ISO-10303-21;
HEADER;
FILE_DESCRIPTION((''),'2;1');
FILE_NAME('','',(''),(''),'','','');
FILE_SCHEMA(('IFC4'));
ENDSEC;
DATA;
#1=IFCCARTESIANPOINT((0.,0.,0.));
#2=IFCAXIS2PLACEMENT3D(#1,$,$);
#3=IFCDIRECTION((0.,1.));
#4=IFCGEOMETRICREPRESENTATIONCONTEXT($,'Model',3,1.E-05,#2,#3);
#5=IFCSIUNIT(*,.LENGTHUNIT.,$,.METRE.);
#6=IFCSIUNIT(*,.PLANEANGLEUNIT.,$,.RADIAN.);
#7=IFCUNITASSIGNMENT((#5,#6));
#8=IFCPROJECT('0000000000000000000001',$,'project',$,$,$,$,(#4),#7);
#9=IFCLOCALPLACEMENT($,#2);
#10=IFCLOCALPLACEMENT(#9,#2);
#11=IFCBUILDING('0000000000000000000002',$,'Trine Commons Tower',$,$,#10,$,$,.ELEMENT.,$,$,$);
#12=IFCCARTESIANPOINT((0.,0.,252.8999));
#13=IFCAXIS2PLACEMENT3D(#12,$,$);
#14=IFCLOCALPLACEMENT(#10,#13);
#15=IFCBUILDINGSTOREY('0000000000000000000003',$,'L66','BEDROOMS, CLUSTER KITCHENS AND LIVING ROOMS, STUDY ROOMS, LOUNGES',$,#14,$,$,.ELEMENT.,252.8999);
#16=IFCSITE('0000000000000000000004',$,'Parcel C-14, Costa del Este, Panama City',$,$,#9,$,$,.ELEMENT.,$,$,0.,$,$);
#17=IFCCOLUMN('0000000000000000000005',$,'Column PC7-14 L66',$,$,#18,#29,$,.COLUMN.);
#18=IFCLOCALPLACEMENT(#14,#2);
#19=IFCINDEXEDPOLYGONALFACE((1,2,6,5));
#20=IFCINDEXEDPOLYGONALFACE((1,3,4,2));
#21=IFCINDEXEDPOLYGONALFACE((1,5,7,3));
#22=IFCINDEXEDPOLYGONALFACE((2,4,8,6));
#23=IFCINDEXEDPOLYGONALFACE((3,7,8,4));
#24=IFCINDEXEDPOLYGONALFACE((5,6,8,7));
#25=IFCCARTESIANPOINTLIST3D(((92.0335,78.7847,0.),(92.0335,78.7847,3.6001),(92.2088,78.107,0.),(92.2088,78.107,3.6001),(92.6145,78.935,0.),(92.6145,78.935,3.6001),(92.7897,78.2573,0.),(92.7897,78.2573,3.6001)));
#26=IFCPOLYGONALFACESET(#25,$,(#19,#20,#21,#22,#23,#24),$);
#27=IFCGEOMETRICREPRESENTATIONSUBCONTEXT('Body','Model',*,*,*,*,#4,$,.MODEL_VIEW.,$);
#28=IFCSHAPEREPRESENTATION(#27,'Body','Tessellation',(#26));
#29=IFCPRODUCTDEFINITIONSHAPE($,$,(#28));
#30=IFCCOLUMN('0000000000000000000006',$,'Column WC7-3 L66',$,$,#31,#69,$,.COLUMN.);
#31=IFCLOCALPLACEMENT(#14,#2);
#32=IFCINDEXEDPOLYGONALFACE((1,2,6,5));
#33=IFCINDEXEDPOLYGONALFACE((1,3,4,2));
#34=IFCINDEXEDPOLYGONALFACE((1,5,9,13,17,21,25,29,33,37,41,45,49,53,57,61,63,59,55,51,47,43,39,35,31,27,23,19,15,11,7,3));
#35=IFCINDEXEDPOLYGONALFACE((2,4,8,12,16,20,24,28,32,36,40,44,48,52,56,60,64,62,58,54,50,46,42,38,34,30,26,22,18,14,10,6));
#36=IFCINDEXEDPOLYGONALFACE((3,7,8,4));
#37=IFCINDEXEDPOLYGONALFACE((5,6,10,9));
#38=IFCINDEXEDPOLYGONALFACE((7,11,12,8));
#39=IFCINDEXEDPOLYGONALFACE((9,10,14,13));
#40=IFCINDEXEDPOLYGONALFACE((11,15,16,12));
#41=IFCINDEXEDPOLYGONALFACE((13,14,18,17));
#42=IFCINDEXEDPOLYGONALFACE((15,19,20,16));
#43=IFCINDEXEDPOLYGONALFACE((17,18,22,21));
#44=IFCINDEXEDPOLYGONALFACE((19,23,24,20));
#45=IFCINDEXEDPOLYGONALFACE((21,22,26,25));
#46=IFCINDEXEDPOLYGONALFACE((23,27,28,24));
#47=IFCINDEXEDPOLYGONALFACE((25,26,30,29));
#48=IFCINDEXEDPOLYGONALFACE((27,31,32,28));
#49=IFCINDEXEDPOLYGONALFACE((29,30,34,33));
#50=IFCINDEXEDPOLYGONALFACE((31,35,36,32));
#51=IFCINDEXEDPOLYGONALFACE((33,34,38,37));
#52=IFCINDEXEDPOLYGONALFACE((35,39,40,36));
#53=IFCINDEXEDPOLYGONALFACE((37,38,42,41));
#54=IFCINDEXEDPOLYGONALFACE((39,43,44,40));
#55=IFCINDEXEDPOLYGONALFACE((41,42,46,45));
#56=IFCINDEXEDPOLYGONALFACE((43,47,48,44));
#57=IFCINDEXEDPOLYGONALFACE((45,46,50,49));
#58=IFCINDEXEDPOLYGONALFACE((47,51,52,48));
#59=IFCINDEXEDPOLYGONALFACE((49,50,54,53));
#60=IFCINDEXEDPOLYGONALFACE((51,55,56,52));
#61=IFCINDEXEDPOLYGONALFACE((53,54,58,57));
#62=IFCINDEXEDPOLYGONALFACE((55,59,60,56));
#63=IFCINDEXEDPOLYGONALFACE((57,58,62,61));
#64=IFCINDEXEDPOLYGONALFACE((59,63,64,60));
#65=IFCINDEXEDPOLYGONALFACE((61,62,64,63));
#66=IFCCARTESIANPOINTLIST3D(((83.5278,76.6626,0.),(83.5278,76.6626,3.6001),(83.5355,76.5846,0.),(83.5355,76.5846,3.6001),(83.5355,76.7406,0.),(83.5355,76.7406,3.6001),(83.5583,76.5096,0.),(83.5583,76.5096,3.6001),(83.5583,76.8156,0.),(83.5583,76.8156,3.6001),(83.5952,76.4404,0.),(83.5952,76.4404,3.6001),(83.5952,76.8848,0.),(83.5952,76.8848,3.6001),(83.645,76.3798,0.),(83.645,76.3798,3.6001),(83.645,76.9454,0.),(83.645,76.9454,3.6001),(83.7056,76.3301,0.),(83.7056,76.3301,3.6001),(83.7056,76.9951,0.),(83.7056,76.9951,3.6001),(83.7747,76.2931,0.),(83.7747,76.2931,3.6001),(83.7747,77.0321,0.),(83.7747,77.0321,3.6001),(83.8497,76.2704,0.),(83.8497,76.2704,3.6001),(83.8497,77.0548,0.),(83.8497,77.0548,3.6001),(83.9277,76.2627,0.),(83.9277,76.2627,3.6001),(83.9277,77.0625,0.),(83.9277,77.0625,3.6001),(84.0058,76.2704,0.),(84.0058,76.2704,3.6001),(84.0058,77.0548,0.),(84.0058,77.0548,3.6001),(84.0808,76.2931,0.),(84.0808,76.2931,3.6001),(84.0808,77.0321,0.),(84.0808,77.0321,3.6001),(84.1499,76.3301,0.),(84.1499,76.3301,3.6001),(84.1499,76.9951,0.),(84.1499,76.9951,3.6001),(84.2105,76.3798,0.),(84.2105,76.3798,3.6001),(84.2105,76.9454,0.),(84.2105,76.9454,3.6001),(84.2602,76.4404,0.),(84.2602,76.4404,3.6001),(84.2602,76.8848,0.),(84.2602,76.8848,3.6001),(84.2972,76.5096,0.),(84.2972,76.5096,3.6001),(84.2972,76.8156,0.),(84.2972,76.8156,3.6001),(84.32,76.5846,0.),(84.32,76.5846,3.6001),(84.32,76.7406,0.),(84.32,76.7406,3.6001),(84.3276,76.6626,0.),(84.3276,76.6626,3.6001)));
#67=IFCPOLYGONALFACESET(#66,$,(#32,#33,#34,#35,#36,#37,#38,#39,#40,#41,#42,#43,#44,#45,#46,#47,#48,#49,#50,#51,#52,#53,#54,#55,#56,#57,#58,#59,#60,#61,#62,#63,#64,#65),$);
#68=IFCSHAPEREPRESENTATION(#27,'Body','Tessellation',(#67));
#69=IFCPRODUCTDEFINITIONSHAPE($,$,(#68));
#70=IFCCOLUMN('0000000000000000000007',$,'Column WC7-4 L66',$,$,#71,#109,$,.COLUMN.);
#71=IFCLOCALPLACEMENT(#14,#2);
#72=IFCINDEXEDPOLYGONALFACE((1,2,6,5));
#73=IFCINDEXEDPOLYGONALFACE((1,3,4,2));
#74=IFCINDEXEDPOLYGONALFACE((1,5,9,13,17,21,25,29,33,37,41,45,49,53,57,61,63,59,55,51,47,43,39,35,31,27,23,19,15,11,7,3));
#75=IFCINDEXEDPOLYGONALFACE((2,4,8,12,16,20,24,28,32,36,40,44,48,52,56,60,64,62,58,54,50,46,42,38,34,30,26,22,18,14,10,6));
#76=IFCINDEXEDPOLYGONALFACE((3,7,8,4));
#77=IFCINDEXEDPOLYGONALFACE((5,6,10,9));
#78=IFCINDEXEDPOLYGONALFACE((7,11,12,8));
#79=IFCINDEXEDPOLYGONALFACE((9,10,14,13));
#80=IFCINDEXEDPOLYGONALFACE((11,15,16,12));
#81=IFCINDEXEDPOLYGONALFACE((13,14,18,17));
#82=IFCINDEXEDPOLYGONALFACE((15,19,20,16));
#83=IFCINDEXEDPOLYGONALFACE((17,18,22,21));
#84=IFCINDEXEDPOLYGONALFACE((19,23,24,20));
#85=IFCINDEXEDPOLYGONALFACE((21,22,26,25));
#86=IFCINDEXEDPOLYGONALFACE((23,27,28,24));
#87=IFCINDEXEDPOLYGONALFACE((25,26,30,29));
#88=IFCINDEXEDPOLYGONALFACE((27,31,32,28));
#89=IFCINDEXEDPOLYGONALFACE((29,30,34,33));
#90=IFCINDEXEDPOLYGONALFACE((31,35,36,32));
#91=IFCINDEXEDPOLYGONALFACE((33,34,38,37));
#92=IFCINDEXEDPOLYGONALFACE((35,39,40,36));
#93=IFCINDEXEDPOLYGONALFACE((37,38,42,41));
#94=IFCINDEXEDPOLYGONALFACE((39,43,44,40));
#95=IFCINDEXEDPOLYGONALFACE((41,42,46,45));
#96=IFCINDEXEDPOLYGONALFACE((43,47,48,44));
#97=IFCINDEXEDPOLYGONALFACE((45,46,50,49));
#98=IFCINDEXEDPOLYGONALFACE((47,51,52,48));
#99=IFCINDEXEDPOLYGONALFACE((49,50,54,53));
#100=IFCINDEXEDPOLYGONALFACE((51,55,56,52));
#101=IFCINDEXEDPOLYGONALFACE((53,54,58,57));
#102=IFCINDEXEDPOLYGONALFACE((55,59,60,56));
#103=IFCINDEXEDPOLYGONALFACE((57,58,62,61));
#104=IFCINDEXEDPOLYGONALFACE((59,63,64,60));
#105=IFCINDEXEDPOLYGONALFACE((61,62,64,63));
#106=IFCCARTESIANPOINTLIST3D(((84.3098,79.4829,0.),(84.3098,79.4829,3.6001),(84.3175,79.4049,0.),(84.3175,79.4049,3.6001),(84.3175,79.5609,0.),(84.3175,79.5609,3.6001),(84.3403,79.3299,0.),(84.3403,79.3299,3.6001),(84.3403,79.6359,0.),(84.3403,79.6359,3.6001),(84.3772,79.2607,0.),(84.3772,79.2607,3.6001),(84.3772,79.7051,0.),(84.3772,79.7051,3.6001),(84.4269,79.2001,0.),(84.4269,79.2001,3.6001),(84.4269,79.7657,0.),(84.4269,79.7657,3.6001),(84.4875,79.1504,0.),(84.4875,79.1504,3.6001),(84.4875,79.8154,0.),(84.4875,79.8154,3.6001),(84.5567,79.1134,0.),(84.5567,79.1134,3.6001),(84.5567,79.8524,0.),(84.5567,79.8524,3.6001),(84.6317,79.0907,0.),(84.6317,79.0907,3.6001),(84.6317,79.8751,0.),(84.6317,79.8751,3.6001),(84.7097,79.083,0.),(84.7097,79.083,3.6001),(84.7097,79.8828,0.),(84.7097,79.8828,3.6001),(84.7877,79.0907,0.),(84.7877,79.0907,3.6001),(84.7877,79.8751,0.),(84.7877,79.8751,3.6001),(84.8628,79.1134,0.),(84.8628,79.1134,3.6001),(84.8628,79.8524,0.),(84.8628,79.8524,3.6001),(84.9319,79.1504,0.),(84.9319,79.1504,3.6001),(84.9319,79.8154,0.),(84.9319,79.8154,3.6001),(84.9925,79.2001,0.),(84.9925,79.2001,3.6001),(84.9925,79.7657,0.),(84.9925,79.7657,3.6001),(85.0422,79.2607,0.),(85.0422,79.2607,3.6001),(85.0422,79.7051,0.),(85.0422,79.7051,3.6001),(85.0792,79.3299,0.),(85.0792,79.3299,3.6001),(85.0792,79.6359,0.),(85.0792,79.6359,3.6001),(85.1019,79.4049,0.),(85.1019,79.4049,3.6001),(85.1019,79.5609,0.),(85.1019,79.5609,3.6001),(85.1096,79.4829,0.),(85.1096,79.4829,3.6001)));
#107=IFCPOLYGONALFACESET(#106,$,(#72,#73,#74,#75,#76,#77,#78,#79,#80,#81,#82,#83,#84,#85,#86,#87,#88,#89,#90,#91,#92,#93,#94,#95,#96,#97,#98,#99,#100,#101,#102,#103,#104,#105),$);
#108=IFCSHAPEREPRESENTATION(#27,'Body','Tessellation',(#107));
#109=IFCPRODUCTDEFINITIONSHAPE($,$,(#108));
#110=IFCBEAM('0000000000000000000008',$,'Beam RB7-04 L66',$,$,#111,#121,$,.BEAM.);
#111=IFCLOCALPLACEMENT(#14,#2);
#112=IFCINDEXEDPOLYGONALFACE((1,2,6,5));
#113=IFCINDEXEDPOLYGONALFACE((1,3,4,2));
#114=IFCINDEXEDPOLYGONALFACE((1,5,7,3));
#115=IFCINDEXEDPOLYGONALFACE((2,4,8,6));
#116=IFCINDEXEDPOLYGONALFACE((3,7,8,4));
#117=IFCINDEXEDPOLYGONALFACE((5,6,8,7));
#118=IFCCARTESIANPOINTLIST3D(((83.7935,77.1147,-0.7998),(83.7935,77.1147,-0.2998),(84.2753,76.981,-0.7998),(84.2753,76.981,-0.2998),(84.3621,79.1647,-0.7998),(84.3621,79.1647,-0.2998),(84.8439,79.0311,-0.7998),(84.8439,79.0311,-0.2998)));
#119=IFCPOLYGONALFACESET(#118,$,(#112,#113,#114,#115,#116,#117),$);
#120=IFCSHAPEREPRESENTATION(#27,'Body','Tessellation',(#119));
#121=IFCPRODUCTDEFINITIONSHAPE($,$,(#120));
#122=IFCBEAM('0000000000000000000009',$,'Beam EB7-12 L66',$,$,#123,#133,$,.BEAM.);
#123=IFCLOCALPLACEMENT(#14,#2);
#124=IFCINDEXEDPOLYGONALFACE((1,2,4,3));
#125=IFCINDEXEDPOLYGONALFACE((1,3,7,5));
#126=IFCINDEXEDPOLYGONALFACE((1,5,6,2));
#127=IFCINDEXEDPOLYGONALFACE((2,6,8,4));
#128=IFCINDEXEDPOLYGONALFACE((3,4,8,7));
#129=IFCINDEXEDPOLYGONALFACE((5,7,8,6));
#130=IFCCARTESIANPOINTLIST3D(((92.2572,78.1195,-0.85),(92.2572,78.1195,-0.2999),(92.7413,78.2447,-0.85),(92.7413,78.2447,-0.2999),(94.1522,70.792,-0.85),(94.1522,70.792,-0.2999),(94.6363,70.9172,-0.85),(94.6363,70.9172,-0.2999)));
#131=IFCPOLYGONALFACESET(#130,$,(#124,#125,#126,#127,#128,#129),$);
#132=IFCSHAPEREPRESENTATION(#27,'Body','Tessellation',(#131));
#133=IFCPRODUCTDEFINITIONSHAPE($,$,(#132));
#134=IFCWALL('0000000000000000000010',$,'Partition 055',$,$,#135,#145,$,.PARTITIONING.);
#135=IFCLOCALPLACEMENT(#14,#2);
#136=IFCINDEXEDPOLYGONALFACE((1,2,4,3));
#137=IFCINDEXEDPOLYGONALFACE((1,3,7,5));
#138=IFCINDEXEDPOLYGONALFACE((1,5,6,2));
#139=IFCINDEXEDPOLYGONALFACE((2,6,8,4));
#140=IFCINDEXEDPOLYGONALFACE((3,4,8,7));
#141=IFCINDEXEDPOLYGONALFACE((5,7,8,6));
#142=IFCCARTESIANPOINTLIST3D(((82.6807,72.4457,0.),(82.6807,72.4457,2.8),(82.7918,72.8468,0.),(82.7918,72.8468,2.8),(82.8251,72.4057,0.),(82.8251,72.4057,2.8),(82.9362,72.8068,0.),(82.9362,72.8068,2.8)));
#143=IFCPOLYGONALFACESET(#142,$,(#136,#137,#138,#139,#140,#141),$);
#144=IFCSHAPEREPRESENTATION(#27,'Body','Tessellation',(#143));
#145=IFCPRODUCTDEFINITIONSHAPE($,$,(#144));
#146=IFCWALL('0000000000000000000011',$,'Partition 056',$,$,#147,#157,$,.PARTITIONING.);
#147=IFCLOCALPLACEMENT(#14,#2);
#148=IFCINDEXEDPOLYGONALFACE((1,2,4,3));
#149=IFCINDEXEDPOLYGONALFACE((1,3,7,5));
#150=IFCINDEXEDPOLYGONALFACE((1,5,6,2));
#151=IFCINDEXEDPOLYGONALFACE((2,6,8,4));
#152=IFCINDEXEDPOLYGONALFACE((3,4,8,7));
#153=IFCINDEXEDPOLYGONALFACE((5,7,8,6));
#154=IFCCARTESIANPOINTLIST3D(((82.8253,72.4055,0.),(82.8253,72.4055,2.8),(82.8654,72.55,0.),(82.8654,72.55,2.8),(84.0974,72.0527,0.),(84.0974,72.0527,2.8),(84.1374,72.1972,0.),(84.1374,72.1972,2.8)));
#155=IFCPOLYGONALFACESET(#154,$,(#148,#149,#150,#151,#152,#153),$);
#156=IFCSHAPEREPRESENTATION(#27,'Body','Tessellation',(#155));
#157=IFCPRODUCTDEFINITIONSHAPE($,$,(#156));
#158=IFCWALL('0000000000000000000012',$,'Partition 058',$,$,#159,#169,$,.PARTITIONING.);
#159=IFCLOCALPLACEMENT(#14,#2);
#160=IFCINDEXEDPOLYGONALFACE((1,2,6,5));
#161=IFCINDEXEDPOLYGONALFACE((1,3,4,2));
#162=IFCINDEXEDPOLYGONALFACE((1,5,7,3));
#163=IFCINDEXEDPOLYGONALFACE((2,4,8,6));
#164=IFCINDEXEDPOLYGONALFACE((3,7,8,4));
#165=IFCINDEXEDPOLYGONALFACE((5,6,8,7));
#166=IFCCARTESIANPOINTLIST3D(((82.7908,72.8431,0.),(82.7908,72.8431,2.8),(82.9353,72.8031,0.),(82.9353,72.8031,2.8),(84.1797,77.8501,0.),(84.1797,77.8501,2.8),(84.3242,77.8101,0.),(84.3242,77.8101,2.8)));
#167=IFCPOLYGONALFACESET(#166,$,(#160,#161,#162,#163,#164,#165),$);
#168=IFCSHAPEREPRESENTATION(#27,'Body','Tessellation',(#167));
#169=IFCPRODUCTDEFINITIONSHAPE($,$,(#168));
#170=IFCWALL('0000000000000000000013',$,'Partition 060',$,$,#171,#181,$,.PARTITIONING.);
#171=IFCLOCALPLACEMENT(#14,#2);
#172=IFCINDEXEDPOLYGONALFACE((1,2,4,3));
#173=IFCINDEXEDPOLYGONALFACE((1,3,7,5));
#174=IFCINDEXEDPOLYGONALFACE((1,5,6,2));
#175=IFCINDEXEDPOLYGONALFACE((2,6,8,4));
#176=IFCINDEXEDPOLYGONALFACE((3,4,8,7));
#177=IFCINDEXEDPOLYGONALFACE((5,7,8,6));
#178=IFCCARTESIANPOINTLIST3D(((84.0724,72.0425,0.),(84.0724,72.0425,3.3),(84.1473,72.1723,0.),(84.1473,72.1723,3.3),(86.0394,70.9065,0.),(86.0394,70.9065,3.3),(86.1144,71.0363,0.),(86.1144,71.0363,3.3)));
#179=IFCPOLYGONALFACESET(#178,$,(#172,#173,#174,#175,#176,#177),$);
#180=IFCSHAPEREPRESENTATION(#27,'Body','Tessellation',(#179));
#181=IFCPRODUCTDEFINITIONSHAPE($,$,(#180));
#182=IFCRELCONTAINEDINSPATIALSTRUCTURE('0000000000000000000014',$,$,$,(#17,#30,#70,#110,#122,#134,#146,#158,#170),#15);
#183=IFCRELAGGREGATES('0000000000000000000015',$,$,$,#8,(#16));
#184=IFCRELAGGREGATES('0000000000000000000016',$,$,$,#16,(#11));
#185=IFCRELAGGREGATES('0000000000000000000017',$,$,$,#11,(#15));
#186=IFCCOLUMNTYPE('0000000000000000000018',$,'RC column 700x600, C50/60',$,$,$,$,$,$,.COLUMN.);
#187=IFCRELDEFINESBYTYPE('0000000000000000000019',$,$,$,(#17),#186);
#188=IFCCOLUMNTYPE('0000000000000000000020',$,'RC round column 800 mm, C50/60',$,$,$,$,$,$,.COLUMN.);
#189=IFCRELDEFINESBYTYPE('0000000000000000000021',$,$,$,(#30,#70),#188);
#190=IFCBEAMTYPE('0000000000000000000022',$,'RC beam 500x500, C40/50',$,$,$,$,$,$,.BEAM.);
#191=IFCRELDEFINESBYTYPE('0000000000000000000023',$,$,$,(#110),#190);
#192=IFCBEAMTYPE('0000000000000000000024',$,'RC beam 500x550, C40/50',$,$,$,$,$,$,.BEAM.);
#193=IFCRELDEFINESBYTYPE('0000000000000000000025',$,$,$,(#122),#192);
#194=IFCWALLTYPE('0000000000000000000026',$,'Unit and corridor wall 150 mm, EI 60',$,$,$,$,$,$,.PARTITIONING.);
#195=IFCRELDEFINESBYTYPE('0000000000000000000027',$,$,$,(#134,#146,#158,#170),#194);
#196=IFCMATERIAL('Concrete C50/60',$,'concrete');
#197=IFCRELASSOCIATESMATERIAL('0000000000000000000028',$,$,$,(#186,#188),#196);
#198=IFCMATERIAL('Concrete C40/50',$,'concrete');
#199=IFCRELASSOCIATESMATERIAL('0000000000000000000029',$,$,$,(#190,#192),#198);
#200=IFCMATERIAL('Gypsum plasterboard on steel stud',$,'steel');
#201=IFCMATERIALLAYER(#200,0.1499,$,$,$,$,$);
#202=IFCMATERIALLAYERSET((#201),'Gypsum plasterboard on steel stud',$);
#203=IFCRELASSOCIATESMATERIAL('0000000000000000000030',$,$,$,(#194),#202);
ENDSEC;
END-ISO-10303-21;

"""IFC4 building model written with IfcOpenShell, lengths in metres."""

from ifc_helpers import new_model, si_unit, direction, frame, frame_2d, origin, origin_2d, place, context, subcontext, project, spatial, rectangle, circle, extrude, material, layer, layer_set, material_profile, profile_set, type_object, element, save


model = new_model("IFC4")

# Units and contexts
model_context = context("Model", 3, precision=1e-05, world=origin(), true_north=direction((0.0, 1.0)))
body_context = subcontext(model_context, "Body", "Model", "MODEL_VIEW")
ifc_project = project(units=[si_unit("LENGTHUNIT", "METRE"), si_unit("PLANEANGLEUNIT", "RADIAN")], contexts=[model_context])

# Site, building, storey
site_placement = place(None, origin())
site = spatial("IfcSite", under=ifc_project, at=site_placement, Name="Parcel C-14, Costa del Este, Panama City", CompositionType="ELEMENT", RefElevation=0.0)
building_placement = place(site_placement, origin())
building = spatial("IfcBuilding", under=site, at=building_placement, Name="Trine Commons Tower", CompositionType="ELEMENT")
storey_placement = place(building_placement, frame((0.0, 0.0, 252.8999)))
storey = spatial("IfcBuildingStorey", under=building, at=storey_placement, Name="L66", Description="BEDROOMS, CLUSTER KITCHENS AND LIVING ROOMS, STUDY ROOMS, LOUNGES", CompositionType="ELEMENT", Elevation=252.8999)

# Columns
ifc_material_1 = material(Name="Concrete C50/60", Category="concrete")
ifc_material_profile_1 = material_profile(ifc_material_1, rectangle(XDim=0.7, YDim=0.6001, at=origin_2d()), Name="RC 700x600")
ifc_profile_set_1 = profile_set([ifc_material_profile_1], Name="Concrete C50/60")
column_type_1 = type_object("IfcColumnType", Name="RC column 700x600, C50/60", PredefinedType="COLUMN", material=ifc_profile_set_1)
column_placement = place(storey_placement, frame((92.4116, 78.521, 0.0), z_axis=(0.0, 0.0, 1.0), x_axis=(-0.25038, 0.968148, 0.0)))
element("IfcColumn", 1, at=column_placement, inside=storey, type_object=column_type_1, Name="Column PC7-14 L66", PredefinedType="COLUMN", context=body_context, shape_type="SweptSolid", body=[
    extrude(rectangle(XDim=0.7, YDim=0.6001, at=origin_2d()), origin(), (0.0, 0.0, 1.0), 3.6001),
])
ifc_material_profile_2 = material_profile(ifc_material_1, circle(Radius=0.3999, at=origin_2d()), Name="RC round 800")
ifc_profile_set_2 = profile_set([ifc_material_profile_2], Name="Concrete C50/60")
column_type_2 = type_object("IfcColumnType", Name="RC round column 800 mm, C50/60", PredefinedType="COLUMN", material=ifc_profile_set_2)
for number, where, z_axis, x_axis, name in (
    (2, (83.9277, 76.6626, 0.0), (0.0, 0.0, 1.0), (1.0, 0.0, 0.0), "Column WC7-3 L66"),
    (3, (84.7097, 79.4829, 0.0), (0.0, 0.0, 1.0), (1.0, 0.0, 0.0), "Column WC7-4 L66"),
):
    element("IfcColumn", number, at=place(storey_placement, frame(where, z_axis=z_axis, x_axis=x_axis)), inside=storey, type_object=column_type_2, Name=name, PredefinedType="COLUMN", context=body_context, shape_type="SweptSolid", body=[
        extrude(circle(Radius=0.3999, at=origin_2d()), origin(), (0.0, 0.0, 1.0), 3.6001),
    ])

# Beams
ifc_material_2 = material(Name="Concrete C40/50", Category="concrete")
ifc_material_profile_3 = material_profile(ifc_material_2, rectangle(XDim=0.5, YDim=0.5, at=origin_2d()), Name="RC 500x500")
ifc_profile_set_3 = profile_set([ifc_material_profile_3], Name="Concrete C40/50")
beam_type_1 = type_object("IfcBeamType", Name="RC beam 500x500, C40/50", PredefinedType="BEAM", material=ifc_profile_set_3)
beam_1_placement = place(storey_placement, frame((84.0344, 77.0479, -0.5498), z_axis=(0.267271, 0.963621, 0.0), x_axis=(-0.963621, 0.267271, 0.0)))
element("IfcBeam", 4, at=beam_1_placement, inside=storey, type_object=beam_type_1, Name="Beam RB7-04 L66", PredefinedType="BEAM", context=body_context, shape_type="SweptSolid", body=[
    extrude(rectangle(XDim=0.5, YDim=0.5, at=origin_2d()), origin(), (0.0, 0.0, 1.0), 2.1274),
])
ifc_material_profile_4 = material_profile(ifc_material_2, rectangle(XDim=0.5, YDim=0.55, at=origin_2d()), Name="RC 500x550")
ifc_profile_set_4 = profile_set([ifc_material_profile_4], Name="Concrete C40/50")
beam_type_2 = type_object("IfcBeamType", Name="RC beam 500x550, C40/50", PredefinedType="BEAM", material=ifc_profile_set_4)
beam_2_placement = place(storey_placement, frame((92.4993, 78.1821, -0.575), z_axis=(0.250376, -0.968149, 0.0), x_axis=(0.968149, 0.250376, 0.0)))
element("IfcBeam", 5, at=beam_2_placement, inside=storey, type_object=beam_type_2, Name="Beam EB7-12 L66", PredefinedType="BEAM", context=body_context, shape_type="SweptSolid", body=[
    extrude(rectangle(XDim=0.5, YDim=0.55, at=origin_2d()), origin(), (0.0, 0.0, 1.0), 7.5686),
])

# Walls
ifc_material_3 = material(Name="Gypsum plasterboard on steel stud", Category="steel")
ifc_layer_1 = layer(ifc_material_3, 0.1499)
ifc_layer_set_1 = layer_set([ifc_layer_1], Name="Gypsum plasterboard on steel stud")
wall_type_1 = type_object("IfcWallType", Name="Unit and corridor wall 150 mm, EI 60", PredefinedType="PARTITIONING", material=ifc_layer_set_1)
wall_1_placement = place(storey_placement, frame((82.7529, 72.4258, 0.0), z_axis=(0.0, 0.0, 1.0), x_axis=(0.266887, 0.963728, 0.0)))
element("IfcWall", 6, at=wall_1_placement, inside=storey, type_object=wall_type_1, Name="Partition 055", PredefinedType="PARTITIONING", context=body_context, shape_type="SweptSolid", body=[
    extrude(rectangle(XDim=0.4163, YDim=0.1499, at=frame_2d((0.208, 0.0))), origin(), (0.0, 0.0, 1.0), 2.8),
])
wall_2_placement = place(storey_placement, frame((82.8452, 72.4778, 0.0), z_axis=(0.0, 0.0, 1.0), x_axis=(0.963624, -0.267262, 0.0)))
element("IfcWall", 7, at=wall_2_placement, inside=storey, type_object=wall_type_1, Name="Partition 056", PredefinedType="PARTITIONING", context=body_context, shape_type="SweptSolid", body=[
    extrude(rectangle(XDim=1.3201, YDim=0.1499, at=frame_2d((0.6602, 0.0))), origin(), (0.0, 0.0, 1.0), 2.8),
])
wall_3_placement = place(storey_placement, frame((82.863, 72.823, 0.0), z_axis=(0.0, 0.0, 1.0), x_axis=(0.267297, 0.963614, 0.0)))
element("IfcWall", 8, at=wall_3_placement, inside=storey, type_object=wall_type_1, Name="Partition 058", PredefinedType="PARTITIONING", context=body_context, shape_type="SweptSolid", body=[
    extrude(rectangle(XDim=5.196, YDim=0.1499, at=frame_2d((2.5981, 0.0))), origin(), (0.0, 0.0, 1.0), 2.8),
])
wall_4_placement = place(storey_placement, frame((84.1099, 72.1074, 0.0), z_axis=(0.0, 0.0, 1.0), x_axis=(0.865965, -0.500104, 0.0)))
element("IfcWall", 9, at=wall_4_placement, inside=storey, type_object=wall_type_1, Name="Partition 060", PredefinedType="PARTITIONING", context=body_context, shape_type="SweptSolid", body=[
    extrude(rectangle(XDim=2.2715, YDim=0.1499, at=frame_2d((1.1357, 0.0))), origin(), (0.0, 0.0, 1.0), 3.3),
])

save(model, "model.ifc")
